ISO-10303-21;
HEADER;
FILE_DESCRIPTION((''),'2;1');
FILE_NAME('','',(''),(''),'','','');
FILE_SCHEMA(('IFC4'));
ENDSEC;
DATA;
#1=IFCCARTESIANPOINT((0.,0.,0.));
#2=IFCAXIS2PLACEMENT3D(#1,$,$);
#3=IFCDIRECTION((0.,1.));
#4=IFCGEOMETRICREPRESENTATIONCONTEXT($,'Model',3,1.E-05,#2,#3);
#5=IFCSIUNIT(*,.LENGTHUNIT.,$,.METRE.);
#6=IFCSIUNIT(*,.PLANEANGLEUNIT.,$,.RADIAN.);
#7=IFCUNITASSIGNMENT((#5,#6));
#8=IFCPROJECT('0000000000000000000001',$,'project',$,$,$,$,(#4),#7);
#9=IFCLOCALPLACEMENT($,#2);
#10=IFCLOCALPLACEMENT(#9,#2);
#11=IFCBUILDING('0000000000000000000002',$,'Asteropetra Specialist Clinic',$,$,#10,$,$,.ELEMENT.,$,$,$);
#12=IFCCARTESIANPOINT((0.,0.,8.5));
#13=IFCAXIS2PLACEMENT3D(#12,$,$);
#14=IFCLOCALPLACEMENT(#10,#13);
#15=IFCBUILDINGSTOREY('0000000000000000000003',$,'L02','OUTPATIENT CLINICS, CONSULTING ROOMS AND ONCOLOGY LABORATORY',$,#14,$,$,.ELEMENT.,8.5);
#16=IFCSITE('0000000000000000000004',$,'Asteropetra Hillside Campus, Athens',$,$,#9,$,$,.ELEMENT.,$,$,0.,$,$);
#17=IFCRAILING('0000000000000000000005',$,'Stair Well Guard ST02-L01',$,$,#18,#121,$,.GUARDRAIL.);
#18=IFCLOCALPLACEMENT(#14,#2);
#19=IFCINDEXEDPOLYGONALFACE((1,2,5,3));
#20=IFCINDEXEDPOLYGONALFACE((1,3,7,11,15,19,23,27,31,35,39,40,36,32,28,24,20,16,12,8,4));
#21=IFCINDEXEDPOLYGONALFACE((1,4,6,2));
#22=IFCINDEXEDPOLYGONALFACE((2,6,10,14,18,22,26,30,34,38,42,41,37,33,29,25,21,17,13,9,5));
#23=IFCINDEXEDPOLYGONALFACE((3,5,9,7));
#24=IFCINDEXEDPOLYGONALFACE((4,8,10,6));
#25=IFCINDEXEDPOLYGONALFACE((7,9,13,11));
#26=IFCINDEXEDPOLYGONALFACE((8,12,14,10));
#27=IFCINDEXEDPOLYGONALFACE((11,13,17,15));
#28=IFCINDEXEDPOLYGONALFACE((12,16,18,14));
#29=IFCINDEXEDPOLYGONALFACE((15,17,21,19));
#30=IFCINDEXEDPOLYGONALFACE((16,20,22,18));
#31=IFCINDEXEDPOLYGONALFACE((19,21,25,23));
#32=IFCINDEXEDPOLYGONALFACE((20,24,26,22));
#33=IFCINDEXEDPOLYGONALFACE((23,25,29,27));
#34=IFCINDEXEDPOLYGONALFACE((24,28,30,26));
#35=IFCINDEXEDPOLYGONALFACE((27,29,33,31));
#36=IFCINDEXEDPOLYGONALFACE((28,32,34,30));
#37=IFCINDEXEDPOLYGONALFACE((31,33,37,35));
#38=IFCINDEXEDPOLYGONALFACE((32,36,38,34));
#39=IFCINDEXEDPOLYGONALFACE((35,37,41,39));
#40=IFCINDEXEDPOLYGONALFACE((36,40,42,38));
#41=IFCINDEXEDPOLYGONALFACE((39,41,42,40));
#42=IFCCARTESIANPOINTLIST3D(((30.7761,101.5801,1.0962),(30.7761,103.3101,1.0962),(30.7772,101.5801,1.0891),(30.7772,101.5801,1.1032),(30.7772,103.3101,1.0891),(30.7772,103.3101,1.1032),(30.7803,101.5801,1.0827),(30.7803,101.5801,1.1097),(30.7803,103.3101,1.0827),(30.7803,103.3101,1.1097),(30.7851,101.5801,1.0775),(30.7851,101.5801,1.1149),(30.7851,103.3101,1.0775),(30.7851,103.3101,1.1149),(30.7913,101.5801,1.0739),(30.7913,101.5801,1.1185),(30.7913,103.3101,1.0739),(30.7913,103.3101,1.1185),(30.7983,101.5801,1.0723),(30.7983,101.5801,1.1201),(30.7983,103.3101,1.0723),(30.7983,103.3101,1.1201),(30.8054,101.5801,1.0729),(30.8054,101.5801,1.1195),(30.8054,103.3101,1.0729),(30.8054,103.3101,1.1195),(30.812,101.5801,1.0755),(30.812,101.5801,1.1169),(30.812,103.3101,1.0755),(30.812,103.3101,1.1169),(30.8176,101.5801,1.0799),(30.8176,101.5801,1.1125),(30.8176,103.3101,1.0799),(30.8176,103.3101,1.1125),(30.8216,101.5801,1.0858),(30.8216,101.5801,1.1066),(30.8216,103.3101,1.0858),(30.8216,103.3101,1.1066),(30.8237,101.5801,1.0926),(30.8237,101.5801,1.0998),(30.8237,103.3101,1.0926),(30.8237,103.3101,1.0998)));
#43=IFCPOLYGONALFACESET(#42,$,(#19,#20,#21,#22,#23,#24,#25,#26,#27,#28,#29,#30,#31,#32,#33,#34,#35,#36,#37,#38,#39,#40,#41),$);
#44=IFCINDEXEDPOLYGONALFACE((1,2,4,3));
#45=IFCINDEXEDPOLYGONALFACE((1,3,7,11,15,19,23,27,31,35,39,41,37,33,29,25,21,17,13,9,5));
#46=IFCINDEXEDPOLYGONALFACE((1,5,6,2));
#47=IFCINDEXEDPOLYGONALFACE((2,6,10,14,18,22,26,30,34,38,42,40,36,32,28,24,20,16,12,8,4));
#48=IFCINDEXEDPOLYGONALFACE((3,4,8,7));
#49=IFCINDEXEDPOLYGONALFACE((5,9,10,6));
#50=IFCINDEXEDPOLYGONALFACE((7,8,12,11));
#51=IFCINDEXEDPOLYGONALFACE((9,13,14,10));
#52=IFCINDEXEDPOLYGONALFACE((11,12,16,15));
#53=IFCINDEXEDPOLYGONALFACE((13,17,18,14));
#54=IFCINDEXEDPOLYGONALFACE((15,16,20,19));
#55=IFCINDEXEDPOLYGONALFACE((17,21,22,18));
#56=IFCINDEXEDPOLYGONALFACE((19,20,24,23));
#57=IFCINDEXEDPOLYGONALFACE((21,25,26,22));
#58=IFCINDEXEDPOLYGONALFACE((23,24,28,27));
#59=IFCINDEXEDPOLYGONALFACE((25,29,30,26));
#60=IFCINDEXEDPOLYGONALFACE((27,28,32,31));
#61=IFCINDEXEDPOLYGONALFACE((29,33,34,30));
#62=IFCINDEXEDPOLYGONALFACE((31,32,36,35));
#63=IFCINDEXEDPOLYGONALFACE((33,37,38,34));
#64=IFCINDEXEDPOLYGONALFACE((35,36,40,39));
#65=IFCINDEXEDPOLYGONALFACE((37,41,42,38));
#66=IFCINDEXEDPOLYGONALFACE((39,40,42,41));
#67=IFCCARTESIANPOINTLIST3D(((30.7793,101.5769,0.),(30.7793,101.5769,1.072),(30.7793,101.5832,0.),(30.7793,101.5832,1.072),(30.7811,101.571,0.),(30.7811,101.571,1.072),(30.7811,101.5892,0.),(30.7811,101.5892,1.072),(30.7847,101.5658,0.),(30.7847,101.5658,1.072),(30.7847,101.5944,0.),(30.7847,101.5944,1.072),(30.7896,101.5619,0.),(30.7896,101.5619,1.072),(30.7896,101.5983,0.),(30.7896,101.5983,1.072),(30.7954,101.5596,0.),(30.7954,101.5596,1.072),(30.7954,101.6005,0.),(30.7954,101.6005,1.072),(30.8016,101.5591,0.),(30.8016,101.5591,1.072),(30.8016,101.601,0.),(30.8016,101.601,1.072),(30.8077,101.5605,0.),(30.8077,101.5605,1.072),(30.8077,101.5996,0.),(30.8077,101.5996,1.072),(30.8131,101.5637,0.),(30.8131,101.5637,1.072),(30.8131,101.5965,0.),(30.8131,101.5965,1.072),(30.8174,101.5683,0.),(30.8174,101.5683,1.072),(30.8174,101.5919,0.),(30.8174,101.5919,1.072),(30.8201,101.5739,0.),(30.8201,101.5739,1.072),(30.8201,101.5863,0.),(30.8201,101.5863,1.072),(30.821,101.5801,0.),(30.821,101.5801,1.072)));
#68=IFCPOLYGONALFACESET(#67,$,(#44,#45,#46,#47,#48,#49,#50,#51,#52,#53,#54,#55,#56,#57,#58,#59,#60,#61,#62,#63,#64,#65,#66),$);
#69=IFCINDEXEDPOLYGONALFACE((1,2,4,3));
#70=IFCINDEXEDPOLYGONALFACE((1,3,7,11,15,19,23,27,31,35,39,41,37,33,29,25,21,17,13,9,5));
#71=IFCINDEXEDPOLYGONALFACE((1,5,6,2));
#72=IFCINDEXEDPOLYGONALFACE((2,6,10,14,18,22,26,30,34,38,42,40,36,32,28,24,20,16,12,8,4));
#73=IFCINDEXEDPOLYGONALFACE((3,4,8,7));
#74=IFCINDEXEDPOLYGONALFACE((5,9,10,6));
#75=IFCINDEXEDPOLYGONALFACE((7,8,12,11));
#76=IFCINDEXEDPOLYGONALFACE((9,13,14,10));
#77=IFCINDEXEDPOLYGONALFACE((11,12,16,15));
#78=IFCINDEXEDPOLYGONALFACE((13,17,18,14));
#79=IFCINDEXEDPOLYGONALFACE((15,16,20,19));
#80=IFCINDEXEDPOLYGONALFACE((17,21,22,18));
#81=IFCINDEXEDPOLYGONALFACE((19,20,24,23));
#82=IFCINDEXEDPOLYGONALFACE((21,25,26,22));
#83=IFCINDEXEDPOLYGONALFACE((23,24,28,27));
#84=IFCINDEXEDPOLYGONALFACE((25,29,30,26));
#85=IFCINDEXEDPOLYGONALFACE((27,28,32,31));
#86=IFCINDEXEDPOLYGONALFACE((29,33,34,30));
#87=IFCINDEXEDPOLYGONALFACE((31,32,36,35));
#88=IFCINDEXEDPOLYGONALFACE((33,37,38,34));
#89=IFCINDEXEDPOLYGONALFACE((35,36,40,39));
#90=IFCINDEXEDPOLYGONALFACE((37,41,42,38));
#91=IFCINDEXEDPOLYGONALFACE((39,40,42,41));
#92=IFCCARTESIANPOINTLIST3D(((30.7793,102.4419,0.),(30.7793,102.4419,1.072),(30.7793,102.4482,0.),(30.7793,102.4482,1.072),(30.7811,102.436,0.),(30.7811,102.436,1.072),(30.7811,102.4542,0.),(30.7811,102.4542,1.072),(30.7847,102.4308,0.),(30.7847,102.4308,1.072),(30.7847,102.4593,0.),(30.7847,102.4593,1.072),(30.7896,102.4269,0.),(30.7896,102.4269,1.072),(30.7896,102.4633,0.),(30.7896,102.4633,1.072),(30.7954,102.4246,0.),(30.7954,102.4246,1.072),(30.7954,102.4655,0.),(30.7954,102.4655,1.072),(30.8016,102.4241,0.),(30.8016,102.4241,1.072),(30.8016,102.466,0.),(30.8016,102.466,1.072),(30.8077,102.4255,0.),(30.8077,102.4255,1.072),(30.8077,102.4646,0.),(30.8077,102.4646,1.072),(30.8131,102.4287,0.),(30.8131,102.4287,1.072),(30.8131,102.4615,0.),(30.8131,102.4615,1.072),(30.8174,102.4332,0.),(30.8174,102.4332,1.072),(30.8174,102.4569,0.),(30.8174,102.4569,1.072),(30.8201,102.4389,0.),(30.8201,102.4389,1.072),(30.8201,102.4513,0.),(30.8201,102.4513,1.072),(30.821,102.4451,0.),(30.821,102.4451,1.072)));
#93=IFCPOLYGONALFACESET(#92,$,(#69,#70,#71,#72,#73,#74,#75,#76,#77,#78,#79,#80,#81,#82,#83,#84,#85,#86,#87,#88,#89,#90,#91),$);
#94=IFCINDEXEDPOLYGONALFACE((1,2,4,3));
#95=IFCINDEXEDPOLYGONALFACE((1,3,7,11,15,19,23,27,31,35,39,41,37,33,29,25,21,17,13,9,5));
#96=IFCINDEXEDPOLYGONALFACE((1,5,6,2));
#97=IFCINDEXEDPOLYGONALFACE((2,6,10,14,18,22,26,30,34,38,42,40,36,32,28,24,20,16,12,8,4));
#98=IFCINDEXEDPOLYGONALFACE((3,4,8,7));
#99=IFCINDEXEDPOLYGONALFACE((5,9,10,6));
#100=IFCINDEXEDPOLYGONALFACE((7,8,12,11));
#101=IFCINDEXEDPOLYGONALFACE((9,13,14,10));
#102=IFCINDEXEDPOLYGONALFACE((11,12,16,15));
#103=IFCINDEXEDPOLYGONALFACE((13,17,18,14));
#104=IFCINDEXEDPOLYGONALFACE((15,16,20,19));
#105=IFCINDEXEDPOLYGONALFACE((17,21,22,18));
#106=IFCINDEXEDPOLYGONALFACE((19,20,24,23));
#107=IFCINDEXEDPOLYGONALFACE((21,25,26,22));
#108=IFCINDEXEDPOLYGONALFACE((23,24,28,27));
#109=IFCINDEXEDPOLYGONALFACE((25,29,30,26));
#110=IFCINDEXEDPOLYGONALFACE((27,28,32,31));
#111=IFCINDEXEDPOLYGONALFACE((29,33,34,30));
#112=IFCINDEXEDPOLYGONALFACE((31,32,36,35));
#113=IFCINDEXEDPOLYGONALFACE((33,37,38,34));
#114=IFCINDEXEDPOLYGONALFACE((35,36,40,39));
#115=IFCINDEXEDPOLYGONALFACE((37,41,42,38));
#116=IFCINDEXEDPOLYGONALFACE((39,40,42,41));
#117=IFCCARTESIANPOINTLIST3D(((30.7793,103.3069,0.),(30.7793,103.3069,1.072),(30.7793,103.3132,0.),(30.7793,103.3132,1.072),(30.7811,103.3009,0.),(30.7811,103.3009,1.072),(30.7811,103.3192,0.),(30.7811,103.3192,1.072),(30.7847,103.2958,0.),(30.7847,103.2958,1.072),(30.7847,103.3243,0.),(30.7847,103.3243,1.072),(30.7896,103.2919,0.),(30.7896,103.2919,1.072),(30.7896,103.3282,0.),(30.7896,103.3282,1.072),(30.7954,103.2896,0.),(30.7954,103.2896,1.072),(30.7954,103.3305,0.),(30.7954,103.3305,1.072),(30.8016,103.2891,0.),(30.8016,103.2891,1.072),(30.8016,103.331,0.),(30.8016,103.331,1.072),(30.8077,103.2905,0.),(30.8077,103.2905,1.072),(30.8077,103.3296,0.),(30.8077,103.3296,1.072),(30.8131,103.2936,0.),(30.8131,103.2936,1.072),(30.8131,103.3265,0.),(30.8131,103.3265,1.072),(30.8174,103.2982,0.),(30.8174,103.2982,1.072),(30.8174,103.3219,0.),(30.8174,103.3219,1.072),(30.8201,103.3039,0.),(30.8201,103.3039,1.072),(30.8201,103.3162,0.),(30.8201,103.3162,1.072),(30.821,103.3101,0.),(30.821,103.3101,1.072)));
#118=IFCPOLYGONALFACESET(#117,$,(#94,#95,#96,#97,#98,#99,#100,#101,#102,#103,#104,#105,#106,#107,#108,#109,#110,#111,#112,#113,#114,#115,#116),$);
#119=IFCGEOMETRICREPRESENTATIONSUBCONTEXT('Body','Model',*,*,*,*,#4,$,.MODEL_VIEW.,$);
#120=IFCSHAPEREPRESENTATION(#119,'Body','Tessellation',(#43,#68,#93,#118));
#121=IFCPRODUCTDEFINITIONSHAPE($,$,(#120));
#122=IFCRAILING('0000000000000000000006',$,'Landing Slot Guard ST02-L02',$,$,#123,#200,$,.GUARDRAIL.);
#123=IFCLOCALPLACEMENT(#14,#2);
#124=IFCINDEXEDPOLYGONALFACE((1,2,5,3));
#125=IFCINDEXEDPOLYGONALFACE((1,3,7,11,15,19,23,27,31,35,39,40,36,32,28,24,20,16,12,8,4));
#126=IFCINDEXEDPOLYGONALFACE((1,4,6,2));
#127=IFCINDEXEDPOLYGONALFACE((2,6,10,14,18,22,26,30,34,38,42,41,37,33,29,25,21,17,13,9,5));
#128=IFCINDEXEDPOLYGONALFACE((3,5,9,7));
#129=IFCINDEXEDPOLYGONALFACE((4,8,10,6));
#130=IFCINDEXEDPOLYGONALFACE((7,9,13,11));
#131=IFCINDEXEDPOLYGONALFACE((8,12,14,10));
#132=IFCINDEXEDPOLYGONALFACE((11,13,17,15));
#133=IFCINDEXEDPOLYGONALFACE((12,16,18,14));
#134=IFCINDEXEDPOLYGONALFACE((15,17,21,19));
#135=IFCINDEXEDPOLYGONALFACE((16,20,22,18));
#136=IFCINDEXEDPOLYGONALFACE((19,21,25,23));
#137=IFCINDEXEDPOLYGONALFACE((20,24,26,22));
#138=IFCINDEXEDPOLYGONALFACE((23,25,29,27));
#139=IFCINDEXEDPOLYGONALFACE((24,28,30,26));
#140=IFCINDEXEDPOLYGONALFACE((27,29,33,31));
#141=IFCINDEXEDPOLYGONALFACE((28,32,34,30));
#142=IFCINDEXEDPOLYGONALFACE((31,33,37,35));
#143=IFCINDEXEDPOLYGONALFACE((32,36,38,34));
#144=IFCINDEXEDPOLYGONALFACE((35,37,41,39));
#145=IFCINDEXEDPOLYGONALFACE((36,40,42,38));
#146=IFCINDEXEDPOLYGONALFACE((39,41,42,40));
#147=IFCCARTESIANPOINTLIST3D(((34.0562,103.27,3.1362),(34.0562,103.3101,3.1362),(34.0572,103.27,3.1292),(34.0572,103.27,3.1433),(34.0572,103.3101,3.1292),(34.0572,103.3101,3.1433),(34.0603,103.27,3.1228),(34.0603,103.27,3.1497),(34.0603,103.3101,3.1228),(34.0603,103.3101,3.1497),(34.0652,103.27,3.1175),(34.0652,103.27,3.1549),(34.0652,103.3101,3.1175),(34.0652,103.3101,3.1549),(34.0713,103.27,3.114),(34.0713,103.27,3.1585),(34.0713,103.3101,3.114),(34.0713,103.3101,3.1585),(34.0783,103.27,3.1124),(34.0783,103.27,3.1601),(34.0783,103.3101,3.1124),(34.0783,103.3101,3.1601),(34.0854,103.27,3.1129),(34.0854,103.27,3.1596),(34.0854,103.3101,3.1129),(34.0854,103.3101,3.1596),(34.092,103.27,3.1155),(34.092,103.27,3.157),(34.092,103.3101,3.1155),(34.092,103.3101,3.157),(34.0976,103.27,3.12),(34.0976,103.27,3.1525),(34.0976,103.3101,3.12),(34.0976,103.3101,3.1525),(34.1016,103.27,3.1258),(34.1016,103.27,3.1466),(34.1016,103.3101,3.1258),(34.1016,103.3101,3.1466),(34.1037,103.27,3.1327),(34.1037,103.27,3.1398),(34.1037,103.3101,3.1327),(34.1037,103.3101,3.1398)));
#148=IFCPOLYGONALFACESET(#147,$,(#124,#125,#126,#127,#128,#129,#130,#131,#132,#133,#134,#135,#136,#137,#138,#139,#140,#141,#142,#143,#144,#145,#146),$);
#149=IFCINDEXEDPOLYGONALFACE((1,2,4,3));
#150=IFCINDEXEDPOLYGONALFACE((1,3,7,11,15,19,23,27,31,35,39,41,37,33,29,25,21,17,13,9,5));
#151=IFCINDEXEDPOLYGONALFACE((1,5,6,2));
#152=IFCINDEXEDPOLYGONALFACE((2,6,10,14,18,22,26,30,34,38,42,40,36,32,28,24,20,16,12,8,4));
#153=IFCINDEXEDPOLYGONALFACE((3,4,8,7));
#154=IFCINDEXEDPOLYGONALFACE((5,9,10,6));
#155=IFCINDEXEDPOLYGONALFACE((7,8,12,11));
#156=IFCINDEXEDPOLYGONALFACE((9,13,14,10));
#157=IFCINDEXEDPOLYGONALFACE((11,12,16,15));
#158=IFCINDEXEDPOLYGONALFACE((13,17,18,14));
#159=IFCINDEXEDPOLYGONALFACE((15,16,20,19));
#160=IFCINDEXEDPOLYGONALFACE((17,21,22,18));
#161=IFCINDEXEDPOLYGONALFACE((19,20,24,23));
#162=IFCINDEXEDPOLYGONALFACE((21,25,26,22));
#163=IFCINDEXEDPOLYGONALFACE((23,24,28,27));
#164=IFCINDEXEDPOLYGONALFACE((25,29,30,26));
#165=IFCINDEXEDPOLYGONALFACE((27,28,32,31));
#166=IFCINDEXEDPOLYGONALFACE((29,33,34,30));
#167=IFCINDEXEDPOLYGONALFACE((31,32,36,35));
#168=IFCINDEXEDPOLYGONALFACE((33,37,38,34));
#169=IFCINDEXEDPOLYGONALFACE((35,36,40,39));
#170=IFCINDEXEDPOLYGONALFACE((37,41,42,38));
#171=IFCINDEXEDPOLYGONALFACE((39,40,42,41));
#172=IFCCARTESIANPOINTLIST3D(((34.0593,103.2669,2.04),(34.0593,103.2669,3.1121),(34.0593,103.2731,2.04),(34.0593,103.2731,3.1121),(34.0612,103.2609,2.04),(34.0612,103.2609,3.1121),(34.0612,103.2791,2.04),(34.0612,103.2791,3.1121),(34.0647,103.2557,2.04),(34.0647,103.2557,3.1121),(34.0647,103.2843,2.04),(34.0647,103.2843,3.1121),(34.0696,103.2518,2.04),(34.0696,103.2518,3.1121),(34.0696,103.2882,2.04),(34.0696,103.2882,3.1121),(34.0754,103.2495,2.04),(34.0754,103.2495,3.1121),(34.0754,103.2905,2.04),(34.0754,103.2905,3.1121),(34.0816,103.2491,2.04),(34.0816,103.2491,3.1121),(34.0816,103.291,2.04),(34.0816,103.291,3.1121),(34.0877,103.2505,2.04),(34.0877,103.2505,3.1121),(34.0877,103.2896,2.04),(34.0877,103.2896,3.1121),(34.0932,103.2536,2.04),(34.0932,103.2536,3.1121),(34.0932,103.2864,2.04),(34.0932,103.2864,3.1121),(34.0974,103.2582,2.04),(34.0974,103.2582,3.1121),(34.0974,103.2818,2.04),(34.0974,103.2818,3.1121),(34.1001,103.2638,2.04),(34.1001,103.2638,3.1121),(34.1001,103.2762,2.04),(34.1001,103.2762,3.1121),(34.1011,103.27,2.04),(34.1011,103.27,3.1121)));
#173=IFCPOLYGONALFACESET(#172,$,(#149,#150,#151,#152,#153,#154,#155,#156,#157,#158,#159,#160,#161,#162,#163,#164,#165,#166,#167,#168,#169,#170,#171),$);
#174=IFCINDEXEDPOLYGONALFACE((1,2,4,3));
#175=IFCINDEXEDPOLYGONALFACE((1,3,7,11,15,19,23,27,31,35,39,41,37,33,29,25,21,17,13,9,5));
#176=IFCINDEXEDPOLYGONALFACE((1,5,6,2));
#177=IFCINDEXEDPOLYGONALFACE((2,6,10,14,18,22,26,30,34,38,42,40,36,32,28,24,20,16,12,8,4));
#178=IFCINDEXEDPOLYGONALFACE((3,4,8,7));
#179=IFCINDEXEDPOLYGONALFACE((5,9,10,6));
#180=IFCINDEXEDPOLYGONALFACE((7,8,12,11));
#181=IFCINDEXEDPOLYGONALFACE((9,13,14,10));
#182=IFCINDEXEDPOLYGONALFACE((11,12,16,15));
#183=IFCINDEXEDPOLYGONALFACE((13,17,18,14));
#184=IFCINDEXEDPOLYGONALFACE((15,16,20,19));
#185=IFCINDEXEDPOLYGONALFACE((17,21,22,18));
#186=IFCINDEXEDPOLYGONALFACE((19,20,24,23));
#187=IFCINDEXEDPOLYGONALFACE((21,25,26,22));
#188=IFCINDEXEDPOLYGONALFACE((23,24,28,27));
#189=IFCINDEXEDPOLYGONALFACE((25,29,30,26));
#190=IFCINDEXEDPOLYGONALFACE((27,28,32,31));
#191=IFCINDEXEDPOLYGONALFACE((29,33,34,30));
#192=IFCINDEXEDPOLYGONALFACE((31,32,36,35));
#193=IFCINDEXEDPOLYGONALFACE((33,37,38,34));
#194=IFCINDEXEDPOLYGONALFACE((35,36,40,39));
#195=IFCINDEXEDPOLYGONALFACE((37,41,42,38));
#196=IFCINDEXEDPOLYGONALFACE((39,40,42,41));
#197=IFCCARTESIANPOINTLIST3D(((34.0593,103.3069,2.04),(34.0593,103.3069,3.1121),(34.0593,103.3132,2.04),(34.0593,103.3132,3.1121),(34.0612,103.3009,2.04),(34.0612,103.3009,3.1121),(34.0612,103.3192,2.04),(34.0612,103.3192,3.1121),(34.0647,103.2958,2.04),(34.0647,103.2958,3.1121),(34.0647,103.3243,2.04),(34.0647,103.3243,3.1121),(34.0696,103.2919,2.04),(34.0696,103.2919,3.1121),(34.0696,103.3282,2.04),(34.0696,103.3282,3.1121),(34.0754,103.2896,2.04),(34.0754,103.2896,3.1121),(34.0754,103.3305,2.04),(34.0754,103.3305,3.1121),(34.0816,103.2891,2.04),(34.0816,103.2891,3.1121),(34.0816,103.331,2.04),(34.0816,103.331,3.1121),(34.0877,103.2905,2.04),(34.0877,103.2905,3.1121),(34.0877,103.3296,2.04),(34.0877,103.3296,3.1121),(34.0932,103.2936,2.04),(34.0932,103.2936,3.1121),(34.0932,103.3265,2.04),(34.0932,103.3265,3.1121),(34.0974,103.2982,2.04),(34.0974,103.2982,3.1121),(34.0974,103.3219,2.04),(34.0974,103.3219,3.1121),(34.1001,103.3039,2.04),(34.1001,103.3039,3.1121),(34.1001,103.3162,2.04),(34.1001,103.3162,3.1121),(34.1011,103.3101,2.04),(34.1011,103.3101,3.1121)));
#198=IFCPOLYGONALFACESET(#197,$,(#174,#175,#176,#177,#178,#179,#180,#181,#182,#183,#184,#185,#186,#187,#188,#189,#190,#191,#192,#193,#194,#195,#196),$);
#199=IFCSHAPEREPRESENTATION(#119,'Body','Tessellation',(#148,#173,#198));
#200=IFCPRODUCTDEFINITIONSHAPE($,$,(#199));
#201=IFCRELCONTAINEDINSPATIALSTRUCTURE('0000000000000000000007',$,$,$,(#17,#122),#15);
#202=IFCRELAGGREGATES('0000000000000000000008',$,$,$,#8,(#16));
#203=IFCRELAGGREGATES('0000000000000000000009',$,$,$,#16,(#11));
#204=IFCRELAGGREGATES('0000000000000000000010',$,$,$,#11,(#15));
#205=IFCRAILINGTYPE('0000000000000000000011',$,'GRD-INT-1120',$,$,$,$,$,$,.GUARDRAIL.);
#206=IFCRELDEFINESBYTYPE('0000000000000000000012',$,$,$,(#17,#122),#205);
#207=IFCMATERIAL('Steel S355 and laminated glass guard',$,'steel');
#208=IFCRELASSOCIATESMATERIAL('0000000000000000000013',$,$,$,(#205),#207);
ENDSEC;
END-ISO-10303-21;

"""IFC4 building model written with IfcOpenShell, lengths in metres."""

from ifc_helpers import new_model, si_unit, direction, frame, origin, origin_2d, place, context, subcontext, project, spatial, circle, extrude, material, type_object, element, save


model = new_model("IFC4")

# Units and contexts
model_context = context("Model", 3, precision=1e-05, world=origin(), true_north=direction((0.0, 1.0)))
body_context = subcontext(model_context, "Body", "Model", "MODEL_VIEW")
ifc_project = project(units=[si_unit("LENGTHUNIT", "METRE"), si_unit("PLANEANGLEUNIT", "RADIAN")], contexts=[model_context])

# Site, building, storey
site_placement = place(None, origin())
site = spatial("IfcSite", under=ifc_project, at=site_placement, Name="Asteropetra Hillside Campus, Athens", CompositionType="ELEMENT", RefElevation=0.0)
building_placement = place(site_placement, origin())
building = spatial("IfcBuilding", under=site, at=building_placement, Name="Asteropetra Specialist Clinic", CompositionType="ELEMENT")
storey_placement = place(building_placement, frame((0.0, 0.0, 8.5)))
storey = spatial("IfcBuildingStorey", under=building, at=storey_placement, Name="L02", Description="OUTPATIENT CLINICS, CONSULTING ROOMS AND ONCOLOGY LABORATORY", CompositionType="ELEMENT", Elevation=8.5)

# Railings
ifc_material_1 = material(Name="Steel S355 and laminated glass guard", Category="steel")
railing_type_1 = type_object("IfcRailingType", Name="GRD-INT-1120", PredefinedType="GUARDRAIL", material=ifc_material_1)
railing_1_placement = place(storey_placement, frame((30.8, 101.5801, 0.0)))
element("IfcRailing", 1, at=railing_1_placement, inside=storey, type_object=railing_type_1, Name="Stair Well Guard ST02-L01", PredefinedType="GUARDRAIL", context=body_context, shape_type="SweptSolid", body=[
    extrude(circle(Radius=0.0239, at=origin_2d()), frame((0.0, 0.0, 1.0962), z_axis=(0.0, 1.0, 0.0), x_axis=(-1.0, 0.0, 0.0)), (0.0, 0.0, 1.0), 1.73),
    extrude(circle(Radius=0.021, at=origin_2d()), origin(), (0.0, 0.0, 1.0), 1.072),
    extrude(circle(Radius=0.021, at=origin_2d()), frame((0.0, 0.865, 0.0)), (0.0, 0.0, 1.0), 1.072),
    extrude(circle(Radius=0.021, at=origin_2d()), frame((0.0, 1.73, 0.0)), (0.0, 0.0, 1.0), 1.072),
])
railing_2_placement = place(storey_placement, frame((34.0801, 103.27, 2.04)))
element("IfcRailing", 2, at=railing_2_placement, inside=storey, type_object=railing_type_1, Name="Landing Slot Guard ST02-L02", PredefinedType="GUARDRAIL", context=body_context, shape_type="SweptSolid", body=[
    extrude(circle(Radius=0.0239, at=origin_2d()), frame((0.0, 0.0, 1.0962), z_axis=(0.0, 1.0, 0.0), x_axis=(-1.0, 0.0, 0.0)), (0.0, 0.0, 1.0), 0.04),
    extrude(circle(Radius=0.021, at=origin_2d()), origin(), (0.0, 0.0, 1.0), 1.072),
    extrude(circle(Radius=0.021, at=origin_2d()), frame((0.0, 0.04, 0.0)), (0.0, 0.0, 1.0), 1.072),
])

save(model, "model.ifc")
